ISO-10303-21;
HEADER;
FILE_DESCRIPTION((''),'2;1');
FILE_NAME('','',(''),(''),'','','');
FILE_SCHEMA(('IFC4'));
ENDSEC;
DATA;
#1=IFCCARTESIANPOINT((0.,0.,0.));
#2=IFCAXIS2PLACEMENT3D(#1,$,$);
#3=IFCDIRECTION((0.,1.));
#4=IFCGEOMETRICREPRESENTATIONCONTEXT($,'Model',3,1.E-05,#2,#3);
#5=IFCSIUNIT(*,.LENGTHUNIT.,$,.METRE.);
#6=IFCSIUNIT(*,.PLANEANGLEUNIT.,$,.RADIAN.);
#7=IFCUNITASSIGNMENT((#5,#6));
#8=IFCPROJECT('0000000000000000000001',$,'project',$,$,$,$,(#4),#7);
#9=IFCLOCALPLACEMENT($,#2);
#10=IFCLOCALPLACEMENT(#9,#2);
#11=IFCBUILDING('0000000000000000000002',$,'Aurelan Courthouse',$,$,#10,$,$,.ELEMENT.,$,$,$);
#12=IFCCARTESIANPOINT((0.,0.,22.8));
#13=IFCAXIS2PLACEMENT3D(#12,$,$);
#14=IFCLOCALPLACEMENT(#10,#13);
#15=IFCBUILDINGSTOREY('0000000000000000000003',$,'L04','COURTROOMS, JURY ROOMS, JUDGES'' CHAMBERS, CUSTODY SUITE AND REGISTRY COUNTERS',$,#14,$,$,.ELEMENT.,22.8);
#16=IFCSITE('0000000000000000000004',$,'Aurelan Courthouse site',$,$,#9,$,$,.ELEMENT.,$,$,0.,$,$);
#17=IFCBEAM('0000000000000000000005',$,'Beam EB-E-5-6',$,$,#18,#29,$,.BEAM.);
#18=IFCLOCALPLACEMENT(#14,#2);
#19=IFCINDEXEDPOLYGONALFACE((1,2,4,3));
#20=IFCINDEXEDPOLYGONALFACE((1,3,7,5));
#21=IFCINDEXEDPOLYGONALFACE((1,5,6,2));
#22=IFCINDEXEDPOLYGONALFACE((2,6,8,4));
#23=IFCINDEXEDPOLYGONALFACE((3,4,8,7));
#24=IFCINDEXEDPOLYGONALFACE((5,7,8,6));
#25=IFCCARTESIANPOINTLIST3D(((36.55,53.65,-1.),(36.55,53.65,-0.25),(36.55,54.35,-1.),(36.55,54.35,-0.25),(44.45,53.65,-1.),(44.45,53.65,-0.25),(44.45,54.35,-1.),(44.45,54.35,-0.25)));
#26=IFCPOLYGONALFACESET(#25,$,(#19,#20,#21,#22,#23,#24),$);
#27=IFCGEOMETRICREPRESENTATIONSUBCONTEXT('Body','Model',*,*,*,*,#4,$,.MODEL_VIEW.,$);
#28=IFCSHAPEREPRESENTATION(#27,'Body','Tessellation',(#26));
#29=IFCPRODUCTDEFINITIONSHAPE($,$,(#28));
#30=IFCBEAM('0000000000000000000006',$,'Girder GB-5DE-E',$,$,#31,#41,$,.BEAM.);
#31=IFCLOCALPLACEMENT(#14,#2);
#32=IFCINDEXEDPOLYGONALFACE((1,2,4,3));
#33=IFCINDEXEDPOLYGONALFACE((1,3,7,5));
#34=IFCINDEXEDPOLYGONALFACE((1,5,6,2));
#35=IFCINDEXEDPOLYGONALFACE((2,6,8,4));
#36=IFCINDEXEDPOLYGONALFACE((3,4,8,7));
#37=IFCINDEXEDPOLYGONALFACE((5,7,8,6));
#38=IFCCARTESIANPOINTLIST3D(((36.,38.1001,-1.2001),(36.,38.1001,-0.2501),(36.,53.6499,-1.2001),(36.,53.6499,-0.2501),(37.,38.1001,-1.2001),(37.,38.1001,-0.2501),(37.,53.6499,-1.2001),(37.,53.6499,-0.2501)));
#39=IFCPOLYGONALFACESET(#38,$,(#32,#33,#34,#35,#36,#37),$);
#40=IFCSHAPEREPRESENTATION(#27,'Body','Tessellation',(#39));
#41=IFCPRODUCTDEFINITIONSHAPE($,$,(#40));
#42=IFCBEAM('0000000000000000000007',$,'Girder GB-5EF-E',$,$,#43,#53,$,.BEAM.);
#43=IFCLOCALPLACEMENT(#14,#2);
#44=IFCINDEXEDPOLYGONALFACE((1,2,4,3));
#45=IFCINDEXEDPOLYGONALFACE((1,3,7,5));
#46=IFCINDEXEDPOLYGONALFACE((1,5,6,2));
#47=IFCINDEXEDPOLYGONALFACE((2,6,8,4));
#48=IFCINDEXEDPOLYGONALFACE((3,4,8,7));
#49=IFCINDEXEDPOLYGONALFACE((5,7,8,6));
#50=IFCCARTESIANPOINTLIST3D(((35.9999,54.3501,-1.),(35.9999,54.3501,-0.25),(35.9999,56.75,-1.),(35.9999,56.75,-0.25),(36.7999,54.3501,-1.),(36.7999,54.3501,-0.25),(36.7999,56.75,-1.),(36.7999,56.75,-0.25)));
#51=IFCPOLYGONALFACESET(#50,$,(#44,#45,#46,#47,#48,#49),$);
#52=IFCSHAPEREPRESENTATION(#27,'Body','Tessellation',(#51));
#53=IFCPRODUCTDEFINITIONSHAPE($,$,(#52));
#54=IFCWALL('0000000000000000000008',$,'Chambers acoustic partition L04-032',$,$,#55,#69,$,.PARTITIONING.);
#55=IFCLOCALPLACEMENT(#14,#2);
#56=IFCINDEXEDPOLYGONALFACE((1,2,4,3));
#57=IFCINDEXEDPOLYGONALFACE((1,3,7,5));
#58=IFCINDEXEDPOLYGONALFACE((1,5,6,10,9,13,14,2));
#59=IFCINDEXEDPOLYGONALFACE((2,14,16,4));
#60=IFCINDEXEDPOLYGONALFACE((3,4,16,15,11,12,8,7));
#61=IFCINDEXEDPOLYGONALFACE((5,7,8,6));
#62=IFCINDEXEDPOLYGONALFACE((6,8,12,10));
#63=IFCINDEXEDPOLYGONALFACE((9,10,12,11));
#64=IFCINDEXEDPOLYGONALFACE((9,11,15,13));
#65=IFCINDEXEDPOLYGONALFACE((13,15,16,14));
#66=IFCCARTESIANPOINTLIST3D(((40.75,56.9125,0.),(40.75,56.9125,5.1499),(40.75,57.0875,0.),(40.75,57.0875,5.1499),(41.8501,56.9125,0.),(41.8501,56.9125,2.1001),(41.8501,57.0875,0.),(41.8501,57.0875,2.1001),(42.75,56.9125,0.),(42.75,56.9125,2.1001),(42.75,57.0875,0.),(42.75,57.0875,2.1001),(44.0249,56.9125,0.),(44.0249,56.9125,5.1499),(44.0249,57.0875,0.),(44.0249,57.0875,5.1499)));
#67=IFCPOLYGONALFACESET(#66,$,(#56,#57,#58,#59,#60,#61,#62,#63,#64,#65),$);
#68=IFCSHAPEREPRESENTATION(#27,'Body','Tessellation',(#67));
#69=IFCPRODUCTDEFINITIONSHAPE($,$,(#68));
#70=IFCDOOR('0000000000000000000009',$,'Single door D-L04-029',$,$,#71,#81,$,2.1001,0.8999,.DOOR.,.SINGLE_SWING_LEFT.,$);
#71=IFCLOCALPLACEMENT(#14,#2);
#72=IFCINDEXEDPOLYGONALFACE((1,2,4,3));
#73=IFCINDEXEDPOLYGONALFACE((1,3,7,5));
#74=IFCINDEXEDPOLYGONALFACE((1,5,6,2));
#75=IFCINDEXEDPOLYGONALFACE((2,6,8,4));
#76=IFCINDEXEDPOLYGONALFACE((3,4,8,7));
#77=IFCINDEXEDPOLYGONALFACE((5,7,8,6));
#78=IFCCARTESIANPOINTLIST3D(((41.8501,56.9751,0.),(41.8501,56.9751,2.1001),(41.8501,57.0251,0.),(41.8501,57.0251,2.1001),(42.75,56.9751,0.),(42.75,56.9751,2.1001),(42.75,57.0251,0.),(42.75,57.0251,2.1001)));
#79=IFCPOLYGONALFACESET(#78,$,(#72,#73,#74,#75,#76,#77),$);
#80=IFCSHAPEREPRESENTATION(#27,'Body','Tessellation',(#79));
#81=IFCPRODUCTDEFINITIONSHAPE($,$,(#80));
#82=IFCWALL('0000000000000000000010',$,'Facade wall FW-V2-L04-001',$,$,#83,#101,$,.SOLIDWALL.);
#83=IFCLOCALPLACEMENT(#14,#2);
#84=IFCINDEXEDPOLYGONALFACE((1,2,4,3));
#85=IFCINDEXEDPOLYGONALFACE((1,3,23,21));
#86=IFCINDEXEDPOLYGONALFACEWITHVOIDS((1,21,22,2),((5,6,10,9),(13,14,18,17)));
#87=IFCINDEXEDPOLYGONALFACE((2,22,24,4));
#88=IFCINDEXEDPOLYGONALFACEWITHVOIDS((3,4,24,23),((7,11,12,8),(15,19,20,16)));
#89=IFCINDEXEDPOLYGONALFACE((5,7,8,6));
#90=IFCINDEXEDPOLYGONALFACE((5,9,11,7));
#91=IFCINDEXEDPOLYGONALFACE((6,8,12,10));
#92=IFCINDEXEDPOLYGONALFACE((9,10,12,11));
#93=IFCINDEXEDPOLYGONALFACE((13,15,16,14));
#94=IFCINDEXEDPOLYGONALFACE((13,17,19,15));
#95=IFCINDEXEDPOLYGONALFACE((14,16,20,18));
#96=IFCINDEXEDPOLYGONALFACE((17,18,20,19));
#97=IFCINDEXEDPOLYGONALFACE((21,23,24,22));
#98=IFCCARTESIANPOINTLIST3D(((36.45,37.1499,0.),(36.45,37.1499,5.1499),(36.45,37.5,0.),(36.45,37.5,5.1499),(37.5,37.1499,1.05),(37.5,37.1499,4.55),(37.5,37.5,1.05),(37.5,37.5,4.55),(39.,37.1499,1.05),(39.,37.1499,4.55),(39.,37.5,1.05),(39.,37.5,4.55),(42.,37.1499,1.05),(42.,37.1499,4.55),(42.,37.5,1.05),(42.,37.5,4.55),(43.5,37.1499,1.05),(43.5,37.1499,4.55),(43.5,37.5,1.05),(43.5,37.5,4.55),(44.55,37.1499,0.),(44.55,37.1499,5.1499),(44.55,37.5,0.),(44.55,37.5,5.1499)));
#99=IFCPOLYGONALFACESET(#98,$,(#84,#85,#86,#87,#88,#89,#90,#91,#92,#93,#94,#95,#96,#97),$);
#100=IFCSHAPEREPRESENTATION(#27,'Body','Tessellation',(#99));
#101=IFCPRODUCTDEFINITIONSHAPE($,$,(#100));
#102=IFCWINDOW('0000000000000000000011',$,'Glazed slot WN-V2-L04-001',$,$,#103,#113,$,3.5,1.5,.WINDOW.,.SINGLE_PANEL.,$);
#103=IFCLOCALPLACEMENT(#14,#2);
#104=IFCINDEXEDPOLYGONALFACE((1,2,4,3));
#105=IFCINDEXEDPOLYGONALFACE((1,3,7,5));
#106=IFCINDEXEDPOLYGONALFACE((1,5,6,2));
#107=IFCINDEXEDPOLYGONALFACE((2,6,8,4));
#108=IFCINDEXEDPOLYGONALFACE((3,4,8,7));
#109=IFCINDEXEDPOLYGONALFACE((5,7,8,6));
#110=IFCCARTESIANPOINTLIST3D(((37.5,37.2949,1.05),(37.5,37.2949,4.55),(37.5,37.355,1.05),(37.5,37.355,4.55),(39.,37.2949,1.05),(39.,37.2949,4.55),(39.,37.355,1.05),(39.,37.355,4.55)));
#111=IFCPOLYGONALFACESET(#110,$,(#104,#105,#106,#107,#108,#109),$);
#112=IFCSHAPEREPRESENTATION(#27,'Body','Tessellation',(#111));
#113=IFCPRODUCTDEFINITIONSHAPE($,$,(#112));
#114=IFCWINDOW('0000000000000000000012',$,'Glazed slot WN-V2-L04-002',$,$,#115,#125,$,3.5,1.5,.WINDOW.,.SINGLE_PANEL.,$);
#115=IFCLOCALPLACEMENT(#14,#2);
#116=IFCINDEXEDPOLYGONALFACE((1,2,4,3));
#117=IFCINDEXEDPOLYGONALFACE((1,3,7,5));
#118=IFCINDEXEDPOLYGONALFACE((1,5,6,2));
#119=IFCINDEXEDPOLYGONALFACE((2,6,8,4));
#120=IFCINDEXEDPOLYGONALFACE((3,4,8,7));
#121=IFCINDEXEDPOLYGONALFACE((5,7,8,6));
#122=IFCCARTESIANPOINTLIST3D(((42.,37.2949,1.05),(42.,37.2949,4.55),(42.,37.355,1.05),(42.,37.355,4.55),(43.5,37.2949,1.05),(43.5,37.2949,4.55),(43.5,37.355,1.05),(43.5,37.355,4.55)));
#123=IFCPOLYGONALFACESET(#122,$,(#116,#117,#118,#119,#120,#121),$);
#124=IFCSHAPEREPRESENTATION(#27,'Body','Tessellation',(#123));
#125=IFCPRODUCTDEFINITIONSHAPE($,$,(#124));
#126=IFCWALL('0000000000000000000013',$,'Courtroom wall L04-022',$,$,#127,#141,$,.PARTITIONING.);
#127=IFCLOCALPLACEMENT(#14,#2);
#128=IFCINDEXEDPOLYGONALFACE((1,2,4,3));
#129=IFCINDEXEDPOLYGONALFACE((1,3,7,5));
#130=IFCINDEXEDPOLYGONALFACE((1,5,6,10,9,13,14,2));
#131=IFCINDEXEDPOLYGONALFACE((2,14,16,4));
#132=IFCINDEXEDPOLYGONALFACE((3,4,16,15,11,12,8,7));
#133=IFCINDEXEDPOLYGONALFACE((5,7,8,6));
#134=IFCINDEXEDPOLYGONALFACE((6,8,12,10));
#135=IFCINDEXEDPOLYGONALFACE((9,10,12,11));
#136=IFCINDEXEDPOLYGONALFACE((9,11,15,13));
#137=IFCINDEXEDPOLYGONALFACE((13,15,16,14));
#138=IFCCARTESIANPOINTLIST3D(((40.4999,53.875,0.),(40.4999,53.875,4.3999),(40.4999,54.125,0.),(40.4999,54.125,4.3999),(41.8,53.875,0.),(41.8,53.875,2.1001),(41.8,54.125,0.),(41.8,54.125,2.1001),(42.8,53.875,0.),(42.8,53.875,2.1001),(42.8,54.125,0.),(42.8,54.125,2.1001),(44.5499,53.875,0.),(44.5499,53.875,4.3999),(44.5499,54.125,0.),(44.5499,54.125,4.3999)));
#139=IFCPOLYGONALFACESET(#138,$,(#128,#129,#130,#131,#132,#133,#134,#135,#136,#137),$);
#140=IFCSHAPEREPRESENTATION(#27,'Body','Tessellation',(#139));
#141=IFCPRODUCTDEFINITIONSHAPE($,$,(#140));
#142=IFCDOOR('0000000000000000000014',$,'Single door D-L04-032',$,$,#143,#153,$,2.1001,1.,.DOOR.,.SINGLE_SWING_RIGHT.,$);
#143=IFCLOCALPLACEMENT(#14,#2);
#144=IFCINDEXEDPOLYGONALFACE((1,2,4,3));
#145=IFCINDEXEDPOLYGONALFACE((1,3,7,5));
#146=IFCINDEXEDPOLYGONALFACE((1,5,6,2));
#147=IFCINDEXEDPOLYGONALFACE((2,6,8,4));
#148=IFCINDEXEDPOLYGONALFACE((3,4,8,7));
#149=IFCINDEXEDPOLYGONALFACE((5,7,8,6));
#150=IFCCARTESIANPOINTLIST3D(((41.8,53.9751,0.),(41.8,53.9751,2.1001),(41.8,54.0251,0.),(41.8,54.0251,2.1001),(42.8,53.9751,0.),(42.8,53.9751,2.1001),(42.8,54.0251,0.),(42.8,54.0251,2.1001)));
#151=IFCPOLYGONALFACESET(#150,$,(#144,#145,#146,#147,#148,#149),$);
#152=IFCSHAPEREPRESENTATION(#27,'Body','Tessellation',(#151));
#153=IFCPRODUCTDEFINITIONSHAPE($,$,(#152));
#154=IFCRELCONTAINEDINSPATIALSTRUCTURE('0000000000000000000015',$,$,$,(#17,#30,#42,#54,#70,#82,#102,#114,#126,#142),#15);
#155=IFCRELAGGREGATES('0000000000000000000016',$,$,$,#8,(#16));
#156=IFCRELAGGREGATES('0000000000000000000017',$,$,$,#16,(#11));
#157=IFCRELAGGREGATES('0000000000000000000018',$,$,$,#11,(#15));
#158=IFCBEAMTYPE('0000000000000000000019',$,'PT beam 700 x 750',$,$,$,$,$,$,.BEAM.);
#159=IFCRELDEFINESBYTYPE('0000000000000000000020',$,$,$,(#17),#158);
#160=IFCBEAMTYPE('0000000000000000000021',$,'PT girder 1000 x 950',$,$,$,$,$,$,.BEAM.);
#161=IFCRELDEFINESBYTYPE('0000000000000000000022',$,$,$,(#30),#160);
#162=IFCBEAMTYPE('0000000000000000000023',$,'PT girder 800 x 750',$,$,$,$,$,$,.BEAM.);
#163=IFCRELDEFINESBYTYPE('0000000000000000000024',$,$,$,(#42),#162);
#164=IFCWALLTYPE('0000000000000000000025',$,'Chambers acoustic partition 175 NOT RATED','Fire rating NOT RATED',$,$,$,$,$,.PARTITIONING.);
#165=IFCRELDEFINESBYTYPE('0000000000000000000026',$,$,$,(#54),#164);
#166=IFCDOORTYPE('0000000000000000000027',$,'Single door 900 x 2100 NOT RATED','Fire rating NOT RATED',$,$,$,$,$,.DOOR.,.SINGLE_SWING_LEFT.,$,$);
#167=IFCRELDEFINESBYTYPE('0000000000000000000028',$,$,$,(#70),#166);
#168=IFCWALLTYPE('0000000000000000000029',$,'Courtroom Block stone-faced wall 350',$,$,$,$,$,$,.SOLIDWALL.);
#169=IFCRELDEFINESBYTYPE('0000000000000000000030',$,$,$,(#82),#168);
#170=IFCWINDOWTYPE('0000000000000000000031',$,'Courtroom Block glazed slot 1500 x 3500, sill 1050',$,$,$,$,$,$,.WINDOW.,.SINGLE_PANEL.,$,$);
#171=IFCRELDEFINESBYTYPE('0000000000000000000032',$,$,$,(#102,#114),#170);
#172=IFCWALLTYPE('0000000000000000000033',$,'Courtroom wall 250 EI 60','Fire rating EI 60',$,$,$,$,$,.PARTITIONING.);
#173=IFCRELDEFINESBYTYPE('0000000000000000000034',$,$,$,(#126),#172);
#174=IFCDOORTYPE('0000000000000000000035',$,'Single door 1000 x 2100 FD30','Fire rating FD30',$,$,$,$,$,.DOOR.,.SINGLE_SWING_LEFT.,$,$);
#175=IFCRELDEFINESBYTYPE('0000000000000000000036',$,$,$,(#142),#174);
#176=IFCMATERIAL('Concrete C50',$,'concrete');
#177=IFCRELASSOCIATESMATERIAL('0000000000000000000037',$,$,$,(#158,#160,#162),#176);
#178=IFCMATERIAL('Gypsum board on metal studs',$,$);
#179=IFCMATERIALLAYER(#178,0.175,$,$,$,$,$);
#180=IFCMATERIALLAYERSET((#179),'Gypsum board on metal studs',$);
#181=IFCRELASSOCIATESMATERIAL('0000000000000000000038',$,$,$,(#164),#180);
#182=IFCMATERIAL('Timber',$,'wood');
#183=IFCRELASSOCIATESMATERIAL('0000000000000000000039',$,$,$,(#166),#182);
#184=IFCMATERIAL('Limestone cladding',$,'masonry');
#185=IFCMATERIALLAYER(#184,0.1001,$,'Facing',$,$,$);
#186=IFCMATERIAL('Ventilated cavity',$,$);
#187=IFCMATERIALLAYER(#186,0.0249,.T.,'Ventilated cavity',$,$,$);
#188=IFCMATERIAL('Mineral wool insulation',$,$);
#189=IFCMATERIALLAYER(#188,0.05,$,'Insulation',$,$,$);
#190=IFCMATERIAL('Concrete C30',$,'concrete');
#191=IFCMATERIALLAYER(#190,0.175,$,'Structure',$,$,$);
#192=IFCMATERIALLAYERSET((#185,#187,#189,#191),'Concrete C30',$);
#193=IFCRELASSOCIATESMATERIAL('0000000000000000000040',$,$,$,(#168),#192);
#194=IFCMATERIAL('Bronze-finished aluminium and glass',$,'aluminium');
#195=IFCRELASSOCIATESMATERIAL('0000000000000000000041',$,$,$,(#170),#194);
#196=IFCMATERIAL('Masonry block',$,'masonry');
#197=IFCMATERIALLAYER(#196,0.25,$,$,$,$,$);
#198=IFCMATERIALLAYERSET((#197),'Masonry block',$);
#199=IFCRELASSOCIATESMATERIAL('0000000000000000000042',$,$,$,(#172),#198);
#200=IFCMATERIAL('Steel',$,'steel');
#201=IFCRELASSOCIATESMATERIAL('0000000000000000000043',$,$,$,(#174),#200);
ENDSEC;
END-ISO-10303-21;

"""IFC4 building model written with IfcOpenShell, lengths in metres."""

from ifc_helpers import new_model, si_unit, direction, frame, frame_2d, origin, origin_2d, place, context, subcontext, project, spatial, rectangle, extrude, material, layer, layer_set, material_profile, profile_set, type_object, element, fill, save


model = new_model("IFC4")

# Units and contexts
model_context = context("Model", 3, precision=1e-05, world=origin(), true_north=direction((0.0, 1.0)))
body_context = subcontext(model_context, "Body", "Model", "MODEL_VIEW")
ifc_project = project(units=[si_unit("LENGTHUNIT", "METRE"), si_unit("PLANEANGLEUNIT", "RADIAN")], contexts=[model_context])

# Site, building, storey
site_placement = place(None, origin())
site = spatial("IfcSite", under=ifc_project, at=site_placement, Name="Aurelan Courthouse site", CompositionType="ELEMENT", RefElevation=0.0)
building_placement = place(site_placement, origin())
building = spatial("IfcBuilding", under=site, at=building_placement, Name="Aurelan Courthouse", CompositionType="ELEMENT")
storey_placement = place(building_placement, frame((0.0, 0.0, 22.8)))
storey = spatial("IfcBuildingStorey", under=building, at=storey_placement, Name="L04", Description="COURTROOMS, JURY ROOMS, JUDGES' CHAMBERS, CUSTODY SUITE AND REGISTRY COUNTERS", CompositionType="ELEMENT", Elevation=22.8)

# Beams
ifc_material_1 = material(Name="Concrete C50", Category="concrete")
ifc_material_profile_1 = material_profile(ifc_material_1, rectangle(XDim=0.7, YDim=0.75, at=origin_2d()), Name="RC 700 x 750")
ifc_profile_set_1 = profile_set([ifc_material_profile_1], Name="Concrete C50")
beam_type_1 = type_object("IfcBeamType", Name="PT beam 700 x 750", PredefinedType="BEAM", material=ifc_profile_set_1)
beam_1_placement = place(storey_placement, frame((36.55, 54.0, -0.625), z_axis=(1.0, 0.0, 0.0), x_axis=(0.0, 1.0, 0.0)))
element("IfcBeam", 1, at=beam_1_placement, inside=storey, type_object=beam_type_1, Name="Beam EB-E-5-6", PredefinedType="BEAM", context=body_context, shape_type="SweptSolid", body=[
    extrude(rectangle(XDim=0.7, YDim=0.75, at=origin_2d()), origin(), (0.0, 0.0, 1.0), 7.8999),
])
ifc_material_profile_2 = material_profile(ifc_material_1, rectangle(XDim=1.0, YDim=0.95, at=origin_2d()), Name="RC 1000 x 950")
ifc_profile_set_2 = profile_set([ifc_material_profile_2], Name="Concrete C50")
beam_type_2 = type_object("IfcBeamType", Name="PT girder 1000 x 950", PredefinedType="BEAM", material=ifc_profile_set_2)
beam_2_placement = place(storey_placement, frame((36.5, 38.1001, -0.7251), z_axis=(0.0, 1.0, 0.0), x_axis=(-1.0, 0.0, 0.0)))
element("IfcBeam", 2, at=beam_2_placement, inside=storey, type_object=beam_type_2, Name="Girder GB-5DE-E", PredefinedType="BEAM", context=body_context, shape_type="SweptSolid", body=[
    extrude(rectangle(XDim=1.0, YDim=0.95, at=origin_2d()), origin(), (0.0, 0.0, 1.0), 15.5498),
])
ifc_material_profile_3 = material_profile(ifc_material_1, rectangle(XDim=0.8, YDim=0.75, at=origin_2d()), Name="RC 800 x 750")
ifc_profile_set_3 = profile_set([ifc_material_profile_3], Name="Concrete C50")
beam_type_3 = type_object("IfcBeamType", Name="PT girder 800 x 750", PredefinedType="BEAM", material=ifc_profile_set_3)
beam_3_placement = place(storey_placement, frame((36.3999, 54.3501, -0.625), z_axis=(0.0, 1.0, 0.0), x_axis=(-1.0, 0.0, 0.0)))
element("IfcBeam", 3, at=beam_3_placement, inside=storey, type_object=beam_type_3, Name="Girder GB-5EF-E", PredefinedType="BEAM", context=body_context, shape_type="SweptSolid", body=[
    extrude(rectangle(XDim=0.8, YDim=0.75, at=origin_2d()), origin(), (0.0, 0.0, 1.0), 2.3999),
])

# Wall, opening, door
ifc_material_2 = material(Name="Gypsum board on metal studs")
ifc_layer_1 = layer(ifc_material_2, 0.175)
ifc_layer_set_1 = layer_set([ifc_layer_1], Name="Gypsum board on metal studs")
wall_type_1 = type_object("IfcWallType", Name="Chambers acoustic partition 175 NOT RATED", Description="Fire rating NOT RATED", PredefinedType="PARTITIONING", material=ifc_layer_set_1)
wall_1_placement = place(storey_placement, frame((40.75, 57.0, 0.0), z_axis=(0.0, 0.0, 1.0), x_axis=(1.0, 0.0, 0.0)))
wall_1 = element("IfcWall", 4, at=wall_1_placement, inside=storey, type_object=wall_type_1, Name="Chambers acoustic partition L04-032", PredefinedType="PARTITIONING", context=body_context, shape_type="SweptSolid", body=[
    extrude(rectangle(XDim=3.2749, YDim=0.175, at=frame_2d((1.6375, 0.0))), origin(), (0.0, 0.0, 1.0), 5.1499),
])
opening_1_placement = place(wall_1_placement, frame((2.0, 0.0, 0.0), z_axis=(0.0, 0.0, 1.0), x_axis=(-1.0, 0.0, 0.0)))
opening_1 = element("IfcOpeningElement", 5, at=opening_1_placement, cuts=wall_1, PredefinedType="OPENING", context=body_context, shape_type="SweptSolid", body=[
    extrude(rectangle(XDim=0.8999, YDim=2.1001, at=frame_2d((0.45, 1.05))), frame((0.0, 0.0974, 0.0), z_axis=(0.0, -1.0, 0.0), x_axis=(1.0, 0.0, 0.0)), (0.0, 0.0, 1.0), 0.1951),
])
ifc_material_3 = material(Name="Timber", Category="wood")
door_type_1 = type_object("IfcDoorType", Name="Single door 900 x 2100 NOT RATED", Description="Fire rating NOT RATED", OperationType="SINGLE_SWING_LEFT", PredefinedType="DOOR", material=ifc_material_3)
door_1_placement = place(opening_1_placement, origin())
door_1 = element("IfcDoor", 6, at=door_1_placement, inside=storey, type_object=door_type_1, Name="Single door D-L04-029", OperationType="SINGLE_SWING_LEFT", OverallHeight=2.1001, OverallWidth=0.8999, PredefinedType="DOOR", context=body_context, shape_type="SweptSolid", body=[
    extrude(rectangle(XDim=0.8999, YDim=2.1001, at=frame_2d((0.45, 1.05))), frame((0.0, 0.0249, 0.0), z_axis=(0.0, -1.0, 0.0), x_axis=(1.0, 0.0, 0.0)), (0.0, 0.0, 1.0), 0.05),
])
fill(opening_1, door_1)

# Wall, openings, windows
ifc_material_4 = material(Name="Limestone cladding", Category="masonry")
ifc_layer_2 = layer(ifc_material_4, 0.1001, Name="Facing")
ifc_material_5 = material(Name="Ventilated cavity")
ifc_layer_3 = layer(ifc_material_5, 0.0249, ventilated=True, Name="Ventilated cavity")
ifc_material_6 = material(Name="Mineral wool insulation")
ifc_layer_4 = layer(ifc_material_6, 0.05, Name="Insulation")
ifc_material_7 = material(Name="Concrete C30", Category="concrete")
ifc_layer_5 = layer(ifc_material_7, 0.175, Name="Structure")
ifc_layer_set_2 = layer_set([ifc_layer_2, ifc_layer_3, ifc_layer_4, ifc_layer_5], Name="Concrete C30")
wall_type_2 = type_object("IfcWallType", Name="Courtroom Block stone-faced wall 350", PredefinedType="SOLIDWALL", material=ifc_layer_set_2)
wall_2_placement = place(storey_placement, frame((36.45, 37.325, 0.0), z_axis=(0.0, 0.0, 1.0), x_axis=(1.0, 0.0, 0.0)))
wall_2 = element("IfcWall", 7, at=wall_2_placement, inside=storey, type_object=wall_type_2, Name="Facade wall FW-V2-L04-001", PredefinedType="SOLIDWALL", context=body_context, shape_type="SweptSolid", body=[
    extrude(rectangle(XDim=8.1001, YDim=0.3501, at=frame_2d((4.05, 0.0))), origin(), (0.0, 0.0, 1.0), 5.1499),
])
opening_2_placement = place(wall_2_placement, frame((1.05, 0.0, 1.05)))
opening_2 = element("IfcOpeningElement", 8, at=opening_2_placement, cuts=wall_2, PredefinedType="OPENING", context=body_context, shape_type="SweptSolid", body=[
    extrude(rectangle(XDim=1.5, YDim=3.5, at=frame_2d((0.75, 1.75))), frame((0.0, 0.1851, 0.0), z_axis=(0.0, -1.0, 0.0), x_axis=(1.0, 0.0, 0.0)), (0.0, 0.0, 1.0), 0.3701),
])
opening_3_placement = place(wall_2_placement, frame((5.55, 0.0, 1.05)))
opening_3 = element("IfcOpeningElement", 9, at=opening_3_placement, cuts=wall_2, PredefinedType="OPENING", context=body_context, shape_type="SweptSolid", body=[
    extrude(rectangle(XDim=1.5, YDim=3.5, at=frame_2d((0.75, 1.75))), frame((0.0, 0.1851, 0.0), z_axis=(0.0, -1.0, 0.0), x_axis=(1.0, 0.0, 0.0)), (0.0, 0.0, 1.0), 0.3701),
])
ifc_material_8 = material(Name="Bronze-finished aluminium and glass", Category="aluminium")
window_type = type_object("IfcWindowType", Name="Courtroom Block glazed slot 1500 x 3500, sill 1050", PartitioningType="SINGLE_PANEL", PredefinedType="WINDOW", material=ifc_material_8)
window_1_placement = place(opening_2_placement, origin())
window_1 = element("IfcWindow", 10, at=window_1_placement, inside=storey, type_object=window_type, Name="Glazed slot WN-V2-L04-001", OverallHeight=3.5, OverallWidth=1.5, PartitioningType="SINGLE_PANEL", PredefinedType="WINDOW", context=body_context, shape_type="SweptSolid", body=[
    extrude(rectangle(XDim=1.5, YDim=3.5, at=frame_2d((0.75, 1.75))), frame((0.0, 0.03, 0.0), z_axis=(0.0, -1.0, 0.0), x_axis=(1.0, 0.0, 0.0)), (0.0, 0.0, 1.0), 0.0601),
])
fill(opening_2, window_1)
window_2_placement = place(opening_3_placement, origin())
window_2 = element("IfcWindow", 11, at=window_2_placement, inside=storey, type_object=window_type, Name="Glazed slot WN-V2-L04-002", OverallHeight=3.5, OverallWidth=1.5, PartitioningType="SINGLE_PANEL", PredefinedType="WINDOW", context=body_context, shape_type="SweptSolid", body=[
    extrude(rectangle(XDim=1.5, YDim=3.5, at=frame_2d((0.75, 1.75))), frame((0.0, 0.03, 0.0), z_axis=(0.0, -1.0, 0.0), x_axis=(1.0, 0.0, 0.0)), (0.0, 0.0, 1.0), 0.0601),
])
fill(opening_3, window_2)

# Wall, opening, door
ifc_material_9 = material(Name="Masonry block", Category="masonry")
ifc_layer_6 = layer(ifc_material_9, 0.25)
ifc_layer_set_3 = layer_set([ifc_layer_6], Name="Masonry block")
wall_type_3 = type_object("IfcWallType", Name="Courtroom wall 250 EI 60", Description="Fire rating EI 60", PredefinedType="PARTITIONING", material=ifc_layer_set_3)
wall_3_placement = place(storey_placement, frame((40.5, 54.0, 0.0), z_axis=(0.0, 0.0, 1.0), x_axis=(1.0, 0.0, 0.0)))
wall_3 = element("IfcWall", 12, at=wall_3_placement, inside=storey, type_object=wall_type_3, Name="Courtroom wall L04-022", PredefinedType="PARTITIONING", context=body_context, shape_type="SweptSolid", body=[
    extrude(rectangle(XDim=4.05, YDim=0.25, at=frame_2d((2.0249, 0.0))), origin(), (0.0, 0.0, 1.0), 4.3999),
])
opening_4_placement = place(wall_3_placement, frame((2.3, 0.0, 0.0), z_axis=(0.0, 0.0, 1.0), x_axis=(-1.0, 0.0, 0.0)))
opening_4 = element("IfcOpeningElement", 13, at=opening_4_placement, cuts=wall_3, PredefinedType="OPENING", context=body_context, shape_type="SweptSolid", body=[
    extrude(rectangle(XDim=1.0, YDim=2.1001, at=frame_2d((0.5, 1.05))), frame((0.0, 0.135, 0.0), z_axis=(0.0, -1.0, 0.0), x_axis=(1.0, 0.0, 0.0)), (0.0, 0.0, 1.0), 0.27),
])
ifc_material_10 = material(Name="Steel", Category="steel")
door_type_2 = type_object("IfcDoorType", Name="Single door 1000 x 2100 FD30", Description="Fire rating FD30", OperationType="SINGLE_SWING_LEFT", PredefinedType="DOOR", material=ifc_material_10)
door_2_placement = place(opening_4_placement, origin())
door_2 = element("IfcDoor", 14, at=door_2_placement, inside=storey, type_object=door_type_2, Name="Single door D-L04-032", OperationType="SINGLE_SWING_RIGHT", OverallHeight=2.1001, OverallWidth=1.0, PredefinedType="DOOR", context=body_context, shape_type="SweptSolid", body=[
    extrude(rectangle(XDim=1.0, YDim=2.1001, at=frame_2d((0.5, 1.05))), frame((0.0, 0.0249, 0.0), z_axis=(0.0, -1.0, 0.0), x_axis=(1.0, 0.0, 0.0)), (0.0, 0.0, 1.0), 0.05),
])
fill(opening_4, door_2)

save(model, "model.ifc")
